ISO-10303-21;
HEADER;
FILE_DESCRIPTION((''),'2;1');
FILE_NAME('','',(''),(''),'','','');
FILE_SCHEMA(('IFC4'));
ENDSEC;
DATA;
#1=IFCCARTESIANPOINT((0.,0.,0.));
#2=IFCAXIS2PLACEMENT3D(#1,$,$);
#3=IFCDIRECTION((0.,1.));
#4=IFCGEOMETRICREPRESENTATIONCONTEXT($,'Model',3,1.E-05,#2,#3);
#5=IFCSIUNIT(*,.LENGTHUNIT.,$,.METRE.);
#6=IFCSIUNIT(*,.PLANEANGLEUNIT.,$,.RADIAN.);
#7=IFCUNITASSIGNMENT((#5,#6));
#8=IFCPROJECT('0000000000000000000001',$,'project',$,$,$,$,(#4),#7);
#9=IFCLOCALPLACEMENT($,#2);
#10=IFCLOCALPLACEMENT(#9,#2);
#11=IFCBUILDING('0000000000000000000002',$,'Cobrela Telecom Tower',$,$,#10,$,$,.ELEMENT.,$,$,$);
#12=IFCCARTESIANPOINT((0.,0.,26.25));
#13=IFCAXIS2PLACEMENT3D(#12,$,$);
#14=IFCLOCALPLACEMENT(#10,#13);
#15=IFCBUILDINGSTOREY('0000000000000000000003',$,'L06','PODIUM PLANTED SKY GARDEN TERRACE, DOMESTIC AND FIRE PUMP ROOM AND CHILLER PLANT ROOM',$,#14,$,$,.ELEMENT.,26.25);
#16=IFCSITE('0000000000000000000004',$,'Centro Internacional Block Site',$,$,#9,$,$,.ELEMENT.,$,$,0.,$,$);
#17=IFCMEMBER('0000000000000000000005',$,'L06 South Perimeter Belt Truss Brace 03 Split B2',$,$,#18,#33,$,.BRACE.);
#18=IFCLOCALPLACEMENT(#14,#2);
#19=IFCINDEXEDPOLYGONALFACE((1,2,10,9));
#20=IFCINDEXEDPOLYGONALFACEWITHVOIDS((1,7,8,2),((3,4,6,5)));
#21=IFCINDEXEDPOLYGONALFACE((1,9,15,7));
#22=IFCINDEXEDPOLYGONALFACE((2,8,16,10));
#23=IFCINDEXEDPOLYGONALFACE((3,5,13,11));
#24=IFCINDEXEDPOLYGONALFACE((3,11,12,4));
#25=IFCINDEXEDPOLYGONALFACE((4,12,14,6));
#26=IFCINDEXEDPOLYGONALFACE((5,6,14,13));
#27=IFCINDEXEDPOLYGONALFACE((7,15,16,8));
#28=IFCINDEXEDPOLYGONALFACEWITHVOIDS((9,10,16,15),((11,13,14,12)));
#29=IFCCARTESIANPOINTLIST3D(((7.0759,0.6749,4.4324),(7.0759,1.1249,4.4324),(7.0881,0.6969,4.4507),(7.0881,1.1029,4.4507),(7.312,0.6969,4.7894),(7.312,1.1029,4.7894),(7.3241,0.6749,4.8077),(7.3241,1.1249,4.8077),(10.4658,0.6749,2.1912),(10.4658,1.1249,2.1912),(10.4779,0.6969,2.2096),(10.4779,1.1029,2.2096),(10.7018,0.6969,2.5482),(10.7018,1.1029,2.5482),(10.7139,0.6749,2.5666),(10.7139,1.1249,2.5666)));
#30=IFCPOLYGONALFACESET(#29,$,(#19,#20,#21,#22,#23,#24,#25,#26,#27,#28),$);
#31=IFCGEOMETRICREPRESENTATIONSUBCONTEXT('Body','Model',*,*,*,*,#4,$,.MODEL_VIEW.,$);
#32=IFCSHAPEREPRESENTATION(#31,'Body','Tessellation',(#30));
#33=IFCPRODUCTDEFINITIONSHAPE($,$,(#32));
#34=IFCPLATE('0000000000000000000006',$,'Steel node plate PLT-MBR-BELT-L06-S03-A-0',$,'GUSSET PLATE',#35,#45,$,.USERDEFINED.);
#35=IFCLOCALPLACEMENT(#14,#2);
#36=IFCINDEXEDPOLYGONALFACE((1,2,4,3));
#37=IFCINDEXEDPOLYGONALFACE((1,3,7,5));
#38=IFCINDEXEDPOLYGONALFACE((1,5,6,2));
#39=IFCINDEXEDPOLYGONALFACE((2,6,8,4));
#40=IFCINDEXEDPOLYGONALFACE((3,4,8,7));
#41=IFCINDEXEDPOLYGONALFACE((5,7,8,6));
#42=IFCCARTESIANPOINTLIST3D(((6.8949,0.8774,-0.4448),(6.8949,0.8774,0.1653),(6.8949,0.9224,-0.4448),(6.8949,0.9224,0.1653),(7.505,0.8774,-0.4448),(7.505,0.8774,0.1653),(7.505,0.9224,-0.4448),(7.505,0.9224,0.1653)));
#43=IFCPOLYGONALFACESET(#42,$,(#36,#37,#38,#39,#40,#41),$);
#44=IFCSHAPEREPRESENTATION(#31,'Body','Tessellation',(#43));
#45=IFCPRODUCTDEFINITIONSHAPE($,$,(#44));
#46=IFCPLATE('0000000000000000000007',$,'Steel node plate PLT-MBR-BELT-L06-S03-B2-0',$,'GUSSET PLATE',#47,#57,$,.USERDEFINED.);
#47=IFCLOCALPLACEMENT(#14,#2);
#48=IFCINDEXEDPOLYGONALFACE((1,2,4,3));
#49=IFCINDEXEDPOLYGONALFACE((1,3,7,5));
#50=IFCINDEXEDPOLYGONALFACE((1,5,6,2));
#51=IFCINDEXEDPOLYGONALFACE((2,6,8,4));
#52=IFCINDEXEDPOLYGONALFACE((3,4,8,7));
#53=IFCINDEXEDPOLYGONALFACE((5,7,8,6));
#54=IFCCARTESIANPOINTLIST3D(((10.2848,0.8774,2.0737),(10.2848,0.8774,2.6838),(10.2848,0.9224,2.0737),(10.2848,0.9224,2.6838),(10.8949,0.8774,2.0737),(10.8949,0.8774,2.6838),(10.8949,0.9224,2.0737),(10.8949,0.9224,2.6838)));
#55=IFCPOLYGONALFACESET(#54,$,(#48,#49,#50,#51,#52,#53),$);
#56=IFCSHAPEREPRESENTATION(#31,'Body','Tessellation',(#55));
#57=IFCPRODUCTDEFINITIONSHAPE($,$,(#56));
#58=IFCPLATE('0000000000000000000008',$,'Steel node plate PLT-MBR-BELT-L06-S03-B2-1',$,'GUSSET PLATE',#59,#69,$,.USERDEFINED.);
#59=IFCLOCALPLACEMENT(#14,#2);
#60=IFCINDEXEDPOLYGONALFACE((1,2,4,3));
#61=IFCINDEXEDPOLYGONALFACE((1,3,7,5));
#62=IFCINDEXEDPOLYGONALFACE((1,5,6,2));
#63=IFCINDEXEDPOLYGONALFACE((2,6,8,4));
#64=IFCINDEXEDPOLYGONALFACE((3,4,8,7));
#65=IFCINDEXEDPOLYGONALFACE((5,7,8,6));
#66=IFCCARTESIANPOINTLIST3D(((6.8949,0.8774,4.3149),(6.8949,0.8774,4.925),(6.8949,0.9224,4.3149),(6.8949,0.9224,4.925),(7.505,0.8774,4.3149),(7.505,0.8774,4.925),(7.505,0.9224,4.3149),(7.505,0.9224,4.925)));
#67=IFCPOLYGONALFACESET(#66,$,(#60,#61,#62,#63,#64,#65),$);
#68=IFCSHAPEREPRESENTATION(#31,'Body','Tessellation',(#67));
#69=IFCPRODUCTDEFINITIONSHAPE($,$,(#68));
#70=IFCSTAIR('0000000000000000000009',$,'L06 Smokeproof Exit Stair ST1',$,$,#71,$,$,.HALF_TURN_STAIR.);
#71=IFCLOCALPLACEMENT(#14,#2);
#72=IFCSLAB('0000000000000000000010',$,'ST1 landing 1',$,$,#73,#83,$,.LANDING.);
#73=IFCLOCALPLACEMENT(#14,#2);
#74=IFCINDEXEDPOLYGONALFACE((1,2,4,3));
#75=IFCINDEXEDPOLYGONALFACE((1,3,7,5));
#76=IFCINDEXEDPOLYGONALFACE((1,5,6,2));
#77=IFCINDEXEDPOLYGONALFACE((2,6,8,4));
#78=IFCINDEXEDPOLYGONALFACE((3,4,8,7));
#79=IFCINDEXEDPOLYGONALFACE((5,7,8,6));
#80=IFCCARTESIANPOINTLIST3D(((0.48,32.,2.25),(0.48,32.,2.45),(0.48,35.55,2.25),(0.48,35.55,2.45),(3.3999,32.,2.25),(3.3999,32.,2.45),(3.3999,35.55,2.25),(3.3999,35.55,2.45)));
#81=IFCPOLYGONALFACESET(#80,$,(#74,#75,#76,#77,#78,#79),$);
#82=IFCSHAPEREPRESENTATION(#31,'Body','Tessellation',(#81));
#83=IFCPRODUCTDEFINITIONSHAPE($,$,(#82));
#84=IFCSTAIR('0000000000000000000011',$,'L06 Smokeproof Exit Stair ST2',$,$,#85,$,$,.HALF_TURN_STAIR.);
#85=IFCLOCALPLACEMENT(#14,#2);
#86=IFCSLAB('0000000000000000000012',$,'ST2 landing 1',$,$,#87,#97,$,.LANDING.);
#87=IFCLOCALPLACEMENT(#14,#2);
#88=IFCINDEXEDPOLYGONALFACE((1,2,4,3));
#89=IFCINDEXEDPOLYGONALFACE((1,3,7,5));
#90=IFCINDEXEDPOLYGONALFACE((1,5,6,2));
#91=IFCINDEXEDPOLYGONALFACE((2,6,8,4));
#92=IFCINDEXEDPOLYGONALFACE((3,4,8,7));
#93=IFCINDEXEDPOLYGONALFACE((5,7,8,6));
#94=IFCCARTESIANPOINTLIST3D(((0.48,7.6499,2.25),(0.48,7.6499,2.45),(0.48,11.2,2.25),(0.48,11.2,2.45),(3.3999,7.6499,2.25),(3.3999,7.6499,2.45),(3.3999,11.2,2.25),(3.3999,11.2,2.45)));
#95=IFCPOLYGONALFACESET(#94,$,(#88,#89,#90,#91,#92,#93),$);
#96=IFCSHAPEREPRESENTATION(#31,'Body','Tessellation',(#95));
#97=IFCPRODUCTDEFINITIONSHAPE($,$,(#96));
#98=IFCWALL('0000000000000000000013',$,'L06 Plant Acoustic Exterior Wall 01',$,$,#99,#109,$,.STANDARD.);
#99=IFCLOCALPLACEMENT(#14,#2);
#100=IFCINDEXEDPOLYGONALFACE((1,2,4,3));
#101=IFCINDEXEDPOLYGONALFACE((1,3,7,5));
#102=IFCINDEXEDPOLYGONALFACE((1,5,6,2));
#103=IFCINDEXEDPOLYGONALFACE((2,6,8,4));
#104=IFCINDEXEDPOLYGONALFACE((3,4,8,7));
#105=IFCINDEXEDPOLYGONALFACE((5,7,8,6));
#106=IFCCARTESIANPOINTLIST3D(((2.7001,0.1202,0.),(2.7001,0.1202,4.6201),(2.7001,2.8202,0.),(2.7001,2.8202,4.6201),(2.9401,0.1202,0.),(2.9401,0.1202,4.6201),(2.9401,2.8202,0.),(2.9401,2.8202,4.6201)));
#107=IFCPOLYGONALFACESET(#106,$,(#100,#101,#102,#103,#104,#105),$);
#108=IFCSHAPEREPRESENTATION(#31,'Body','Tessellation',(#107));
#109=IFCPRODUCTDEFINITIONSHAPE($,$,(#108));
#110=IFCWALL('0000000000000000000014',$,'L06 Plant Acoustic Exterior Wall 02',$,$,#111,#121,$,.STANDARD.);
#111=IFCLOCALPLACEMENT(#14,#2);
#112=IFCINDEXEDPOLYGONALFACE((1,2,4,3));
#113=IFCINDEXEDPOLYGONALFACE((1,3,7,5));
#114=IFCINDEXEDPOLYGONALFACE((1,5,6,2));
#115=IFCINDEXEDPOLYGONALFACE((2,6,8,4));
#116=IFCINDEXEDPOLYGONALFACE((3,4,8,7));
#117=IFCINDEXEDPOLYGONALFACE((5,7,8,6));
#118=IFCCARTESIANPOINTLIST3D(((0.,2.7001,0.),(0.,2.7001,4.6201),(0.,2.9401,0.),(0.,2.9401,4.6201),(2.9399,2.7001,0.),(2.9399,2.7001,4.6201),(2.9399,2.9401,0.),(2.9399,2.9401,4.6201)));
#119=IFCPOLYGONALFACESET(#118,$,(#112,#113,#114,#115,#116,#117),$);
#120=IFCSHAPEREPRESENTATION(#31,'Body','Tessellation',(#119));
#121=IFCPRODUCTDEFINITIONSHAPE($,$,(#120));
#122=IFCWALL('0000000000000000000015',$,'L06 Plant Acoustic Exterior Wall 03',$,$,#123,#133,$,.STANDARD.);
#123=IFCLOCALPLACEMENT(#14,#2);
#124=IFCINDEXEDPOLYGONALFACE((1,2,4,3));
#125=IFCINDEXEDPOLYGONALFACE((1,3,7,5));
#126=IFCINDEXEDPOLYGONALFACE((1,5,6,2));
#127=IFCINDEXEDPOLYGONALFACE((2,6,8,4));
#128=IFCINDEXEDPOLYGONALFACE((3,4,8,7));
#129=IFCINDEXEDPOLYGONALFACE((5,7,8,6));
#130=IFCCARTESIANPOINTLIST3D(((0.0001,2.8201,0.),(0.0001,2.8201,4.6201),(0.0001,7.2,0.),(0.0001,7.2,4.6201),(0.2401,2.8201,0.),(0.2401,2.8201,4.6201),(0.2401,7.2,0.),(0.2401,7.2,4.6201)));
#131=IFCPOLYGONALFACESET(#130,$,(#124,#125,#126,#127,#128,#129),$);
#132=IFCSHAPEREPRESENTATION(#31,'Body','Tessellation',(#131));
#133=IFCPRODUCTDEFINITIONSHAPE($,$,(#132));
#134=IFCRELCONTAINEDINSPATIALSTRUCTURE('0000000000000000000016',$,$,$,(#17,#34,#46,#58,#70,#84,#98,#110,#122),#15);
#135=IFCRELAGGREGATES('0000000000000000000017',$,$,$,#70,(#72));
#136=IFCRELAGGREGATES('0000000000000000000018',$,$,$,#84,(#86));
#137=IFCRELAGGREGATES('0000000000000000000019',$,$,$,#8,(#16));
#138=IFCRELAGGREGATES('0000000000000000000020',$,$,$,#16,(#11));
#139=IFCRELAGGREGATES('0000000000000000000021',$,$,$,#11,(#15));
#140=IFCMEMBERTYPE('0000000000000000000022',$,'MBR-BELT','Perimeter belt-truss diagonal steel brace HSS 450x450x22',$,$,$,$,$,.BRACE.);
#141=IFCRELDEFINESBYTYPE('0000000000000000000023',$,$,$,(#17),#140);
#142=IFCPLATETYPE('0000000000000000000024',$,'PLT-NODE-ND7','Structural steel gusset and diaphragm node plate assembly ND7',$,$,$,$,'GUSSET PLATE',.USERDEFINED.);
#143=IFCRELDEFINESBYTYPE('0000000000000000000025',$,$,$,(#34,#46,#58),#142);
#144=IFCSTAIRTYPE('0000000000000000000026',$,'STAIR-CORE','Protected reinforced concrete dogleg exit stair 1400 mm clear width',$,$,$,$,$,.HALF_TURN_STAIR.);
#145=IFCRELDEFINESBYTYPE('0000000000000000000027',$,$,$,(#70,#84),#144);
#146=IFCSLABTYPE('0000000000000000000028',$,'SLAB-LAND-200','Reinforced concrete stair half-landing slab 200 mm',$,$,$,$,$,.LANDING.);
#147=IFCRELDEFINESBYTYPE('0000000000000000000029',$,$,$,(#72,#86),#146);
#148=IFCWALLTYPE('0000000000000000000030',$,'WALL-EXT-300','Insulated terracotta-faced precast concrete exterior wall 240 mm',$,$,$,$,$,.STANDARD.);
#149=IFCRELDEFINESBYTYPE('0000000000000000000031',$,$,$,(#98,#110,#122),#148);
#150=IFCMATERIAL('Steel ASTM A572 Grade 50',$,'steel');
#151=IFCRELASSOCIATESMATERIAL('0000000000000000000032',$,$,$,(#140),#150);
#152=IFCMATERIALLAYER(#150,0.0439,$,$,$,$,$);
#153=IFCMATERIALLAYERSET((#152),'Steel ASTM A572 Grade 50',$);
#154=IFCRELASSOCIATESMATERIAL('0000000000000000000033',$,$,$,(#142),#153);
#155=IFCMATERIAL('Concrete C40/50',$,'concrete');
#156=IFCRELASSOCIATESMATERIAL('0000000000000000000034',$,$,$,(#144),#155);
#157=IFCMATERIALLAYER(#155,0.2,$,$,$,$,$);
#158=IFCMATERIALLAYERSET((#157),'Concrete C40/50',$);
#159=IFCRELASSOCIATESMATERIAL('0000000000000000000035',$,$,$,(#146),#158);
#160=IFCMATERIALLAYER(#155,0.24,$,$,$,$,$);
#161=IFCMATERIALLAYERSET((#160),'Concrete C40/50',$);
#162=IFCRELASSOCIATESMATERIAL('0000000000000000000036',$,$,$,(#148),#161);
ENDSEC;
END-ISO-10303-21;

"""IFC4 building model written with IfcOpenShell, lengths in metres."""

from ifc_helpers import new_model, si_unit, direction, frame, frame_2d, origin, origin_2d, place, context, subcontext, project, spatial, polyline, rectangle, hollow_rectangle, outline, extrude, material, layer, layer_set, material_profile, profile_set, type_object, element, aggregate, save


model = new_model("IFC4")

# Units and contexts
model_context = context("Model", 3, precision=1e-05, world=origin(), true_north=direction((0.0, 1.0)))
body_context = subcontext(model_context, "Body", "Model", "MODEL_VIEW")
ifc_project = project(units=[si_unit("LENGTHUNIT", "METRE"), si_unit("PLANEANGLEUNIT", "RADIAN")], contexts=[model_context])

# Site, building, storey
site_placement = place(None, origin())
site = spatial("IfcSite", under=ifc_project, at=site_placement, Name="Centro Internacional Block Site", CompositionType="ELEMENT", RefElevation=0.0)
building_placement = place(site_placement, origin())
building = spatial("IfcBuilding", under=site, at=building_placement, Name="Cobrela Telecom Tower", CompositionType="ELEMENT")
storey_placement = place(building_placement, frame((0.0, 0.0, 26.25)))
storey = spatial("IfcBuildingStorey", under=building, at=storey_placement, Name="L06", Description="PODIUM PLANTED SKY GARDEN TERRACE, DOMESTIC AND FIRE PUMP ROOM AND CHILLER PLANT ROOM", CompositionType="ELEMENT", Elevation=26.25)

# Shared definitions
ifc_material_1 = material(Name="Steel ASTM A572 Grade 50", Category="steel")

# Member
ifc_material_profile_1 = material_profile(ifc_material_1, hollow_rectangle(XDim=0.45, YDim=0.45, WallThickness=0.022, at=origin_2d()), Name="HSS 450x450x22")
ifc_profile_set_1 = profile_set([ifc_material_profile_1], Name="Steel ASTM A572 Grade 50")
member_type = type_object("IfcMemberType", Name="MBR-BELT", Description="Perimeter belt-truss diagonal steel brace HSS 450x450x22", PredefinedType="BRACE", material=ifc_profile_set_1)
member_1_placement = place(storey_placement, frame((10.5898, 0.8999, 2.3789), z_axis=(-0.83417, 0.0, 0.551507), x_axis=(0.0, -1.0, 0.0)))
element("IfcMember", 1, at=member_1_placement, inside=storey, type_object=member_type, Name="L06 South Perimeter Belt Truss Brace 03 Split B2", PredefinedType="BRACE", context=body_context, shape_type="SweptSolid", body=[
    extrude(hollow_rectangle(XDim=0.45, YDim=0.45, WallThickness=0.022, at=origin_2d()), origin(), (0.0, 0.0, 1.0), 4.0637),
])

# Plates
ifc_layer_1 = layer(ifc_material_1, 0.0439)
ifc_layer_set_1 = layer_set([ifc_layer_1], Name="Steel ASTM A572 Grade 50")
plate_type = type_object("IfcPlateType", Name="PLT-NODE-ND7", Description="Structural steel gusset and diaphragm node plate assembly ND7", ElementType="GUSSET PLATE", PredefinedType="USERDEFINED", material=ifc_layer_set_1)
for number, where, z_axis, x_axis, name in (
    (2, (7.2, 0.8999, -0.4448), (0.0, 0.0, 1.0), (1.0, 0.0, 0.0), "Steel node plate PLT-MBR-BELT-L06-S03-A-0"),
    (3, (10.5898, 0.8999, 2.0737), (0.0, 0.0, 1.0), (-1.0, 0.0, 0.0), "Steel node plate PLT-MBR-BELT-L06-S03-B2-0"),
    (4, (7.2, 0.8999, 4.3149), (0.0, 0.0, 1.0), (-1.0, 0.0, 0.0), "Steel node plate PLT-MBR-BELT-L06-S03-B2-1"),
):
    element("IfcPlate", number, at=place(storey_placement, frame(where, z_axis=z_axis, x_axis=x_axis)), inside=storey, type_object=plate_type, Name=name, ObjectType="GUSSET PLATE", PredefinedType="USERDEFINED", context=body_context, shape_type="SweptSolid", body=[
        extrude(rectangle(XDim=0.6101, YDim=0.0449, at=origin_2d()), origin(), (0.0, 0.0, 1.0), 0.6101),
    ])

# Stairs, slabs
ifc_material_2 = material(Name="Concrete C40/50", Category="concrete")
stair_type = type_object("IfcStairType", Name="STAIR-CORE", Description="Protected reinforced concrete dogleg exit stair 1400 mm clear width", PredefinedType="HALF_TURN_STAIR", material=ifc_material_2)
stair_1_placement = place(storey_placement, origin())
stair_1 = element("IfcStair", 5, at=stair_1_placement, inside=storey, type_object=stair_type, Name="L06 Smokeproof Exit Stair ST1", PredefinedType="HALF_TURN_STAIR")
ifc_layer_2 = layer(ifc_material_2, 0.2)
ifc_layer_set_2 = layer_set([ifc_layer_2], Name="Concrete C40/50")
slab_type = type_object("IfcSlabType", Name="SLAB-LAND-200", Description="Reinforced concrete stair half-landing slab 200 mm", PredefinedType="LANDING", material=ifc_layer_set_2)
slab_1_placement = place(storey_placement, frame((0.0, 0.0, 2.25)))
slab_1 = element("IfcSlab", 6, at=slab_1_placement, type_object=slab_type, Name="ST1 landing 1", PredefinedType="LANDING", context=body_context, shape_type="SweptSolid", body=[
    extrude(outline(polyline([(3.3999, 35.55), (0.48, 35.55), (0.48, 32.0), (3.3999, 32.0), (3.3999, 35.55)])), origin(), (0.0, 0.0, 1.0), 0.2),
])
aggregate(stair_1, [slab_1])
stair_2_placement = place(storey_placement, origin())
stair_2 = element("IfcStair", 7, at=stair_2_placement, inside=storey, type_object=stair_type, Name="L06 Smokeproof Exit Stair ST2", PredefinedType="HALF_TURN_STAIR")
slab_2_placement = place(storey_placement, frame((0.0, 0.0, 2.25)))
slab_2 = element("IfcSlab", 8, at=slab_2_placement, type_object=slab_type, Name="ST2 landing 1", PredefinedType="LANDING", context=body_context, shape_type="SweptSolid", body=[
    extrude(outline(polyline([(3.3999, 11.2), (0.48, 11.2), (0.48, 7.6499), (3.3999, 7.6499), (3.3999, 11.2)])), origin(), (0.0, 0.0, 1.0), 0.2),
])
aggregate(stair_2, [slab_2])

# Walls
ifc_layer_3 = layer(ifc_material_2, 0.24)
ifc_layer_set_3 = layer_set([ifc_layer_3], Name="Concrete C40/50")
wall_type = type_object("IfcWallType", Name="WALL-EXT-300", Description="Insulated terracotta-faced precast concrete exterior wall 240 mm", PredefinedType="STANDARD", material=ifc_layer_set_3)
wall_1_placement = place(storey_placement, frame((2.8201, 0.1201, 0.0), z_axis=(0.0, 0.0, 1.0), x_axis=(0.0, 1.0, 0.0)))
element("IfcWall", 9, at=wall_1_placement, inside=storey, type_object=wall_type, Name="L06 Plant Acoustic Exterior Wall 01", PredefinedType="STANDARD", context=body_context, shape_type="SweptSolid", body=[
    extrude(rectangle(XDim=2.7, YDim=0.24, at=frame_2d((1.3501, 0.0))), origin(), (0.0, 0.0, 1.0), 4.6201),
])
wall_2_placement = place(storey_placement, frame((2.9399, 2.8201, 0.0), z_axis=(0.0, 0.0, 1.0), x_axis=(-1.0, 0.0, 0.0)))
element("IfcWall", 10, at=wall_2_placement, inside=storey, type_object=wall_type, Name="L06 Plant Acoustic Exterior Wall 02", PredefinedType="STANDARD", context=body_context, shape_type="SweptSolid", body=[
    extrude(rectangle(XDim=2.9399, YDim=0.24, at=frame_2d((1.47, 0.0))), origin(), (0.0, 0.0, 1.0), 4.6201),
])
wall_3_placement = place(storey_placement, frame((0.1201, 2.8201, 0.0), z_axis=(0.0, 0.0, 1.0), x_axis=(0.0, 1.0, 0.0)))
element("IfcWall", 11, at=wall_3_placement, inside=storey, type_object=wall_type, Name="L06 Plant Acoustic Exterior Wall 03", PredefinedType="STANDARD", context=body_context, shape_type="SweptSolid", body=[
    extrude(rectangle(XDim=4.3799, YDim=0.24, at=frame_2d((2.1899, 0.0))), origin(), (0.0, 0.0, 1.0), 4.6201),
])

save(model, "model.ifc")
